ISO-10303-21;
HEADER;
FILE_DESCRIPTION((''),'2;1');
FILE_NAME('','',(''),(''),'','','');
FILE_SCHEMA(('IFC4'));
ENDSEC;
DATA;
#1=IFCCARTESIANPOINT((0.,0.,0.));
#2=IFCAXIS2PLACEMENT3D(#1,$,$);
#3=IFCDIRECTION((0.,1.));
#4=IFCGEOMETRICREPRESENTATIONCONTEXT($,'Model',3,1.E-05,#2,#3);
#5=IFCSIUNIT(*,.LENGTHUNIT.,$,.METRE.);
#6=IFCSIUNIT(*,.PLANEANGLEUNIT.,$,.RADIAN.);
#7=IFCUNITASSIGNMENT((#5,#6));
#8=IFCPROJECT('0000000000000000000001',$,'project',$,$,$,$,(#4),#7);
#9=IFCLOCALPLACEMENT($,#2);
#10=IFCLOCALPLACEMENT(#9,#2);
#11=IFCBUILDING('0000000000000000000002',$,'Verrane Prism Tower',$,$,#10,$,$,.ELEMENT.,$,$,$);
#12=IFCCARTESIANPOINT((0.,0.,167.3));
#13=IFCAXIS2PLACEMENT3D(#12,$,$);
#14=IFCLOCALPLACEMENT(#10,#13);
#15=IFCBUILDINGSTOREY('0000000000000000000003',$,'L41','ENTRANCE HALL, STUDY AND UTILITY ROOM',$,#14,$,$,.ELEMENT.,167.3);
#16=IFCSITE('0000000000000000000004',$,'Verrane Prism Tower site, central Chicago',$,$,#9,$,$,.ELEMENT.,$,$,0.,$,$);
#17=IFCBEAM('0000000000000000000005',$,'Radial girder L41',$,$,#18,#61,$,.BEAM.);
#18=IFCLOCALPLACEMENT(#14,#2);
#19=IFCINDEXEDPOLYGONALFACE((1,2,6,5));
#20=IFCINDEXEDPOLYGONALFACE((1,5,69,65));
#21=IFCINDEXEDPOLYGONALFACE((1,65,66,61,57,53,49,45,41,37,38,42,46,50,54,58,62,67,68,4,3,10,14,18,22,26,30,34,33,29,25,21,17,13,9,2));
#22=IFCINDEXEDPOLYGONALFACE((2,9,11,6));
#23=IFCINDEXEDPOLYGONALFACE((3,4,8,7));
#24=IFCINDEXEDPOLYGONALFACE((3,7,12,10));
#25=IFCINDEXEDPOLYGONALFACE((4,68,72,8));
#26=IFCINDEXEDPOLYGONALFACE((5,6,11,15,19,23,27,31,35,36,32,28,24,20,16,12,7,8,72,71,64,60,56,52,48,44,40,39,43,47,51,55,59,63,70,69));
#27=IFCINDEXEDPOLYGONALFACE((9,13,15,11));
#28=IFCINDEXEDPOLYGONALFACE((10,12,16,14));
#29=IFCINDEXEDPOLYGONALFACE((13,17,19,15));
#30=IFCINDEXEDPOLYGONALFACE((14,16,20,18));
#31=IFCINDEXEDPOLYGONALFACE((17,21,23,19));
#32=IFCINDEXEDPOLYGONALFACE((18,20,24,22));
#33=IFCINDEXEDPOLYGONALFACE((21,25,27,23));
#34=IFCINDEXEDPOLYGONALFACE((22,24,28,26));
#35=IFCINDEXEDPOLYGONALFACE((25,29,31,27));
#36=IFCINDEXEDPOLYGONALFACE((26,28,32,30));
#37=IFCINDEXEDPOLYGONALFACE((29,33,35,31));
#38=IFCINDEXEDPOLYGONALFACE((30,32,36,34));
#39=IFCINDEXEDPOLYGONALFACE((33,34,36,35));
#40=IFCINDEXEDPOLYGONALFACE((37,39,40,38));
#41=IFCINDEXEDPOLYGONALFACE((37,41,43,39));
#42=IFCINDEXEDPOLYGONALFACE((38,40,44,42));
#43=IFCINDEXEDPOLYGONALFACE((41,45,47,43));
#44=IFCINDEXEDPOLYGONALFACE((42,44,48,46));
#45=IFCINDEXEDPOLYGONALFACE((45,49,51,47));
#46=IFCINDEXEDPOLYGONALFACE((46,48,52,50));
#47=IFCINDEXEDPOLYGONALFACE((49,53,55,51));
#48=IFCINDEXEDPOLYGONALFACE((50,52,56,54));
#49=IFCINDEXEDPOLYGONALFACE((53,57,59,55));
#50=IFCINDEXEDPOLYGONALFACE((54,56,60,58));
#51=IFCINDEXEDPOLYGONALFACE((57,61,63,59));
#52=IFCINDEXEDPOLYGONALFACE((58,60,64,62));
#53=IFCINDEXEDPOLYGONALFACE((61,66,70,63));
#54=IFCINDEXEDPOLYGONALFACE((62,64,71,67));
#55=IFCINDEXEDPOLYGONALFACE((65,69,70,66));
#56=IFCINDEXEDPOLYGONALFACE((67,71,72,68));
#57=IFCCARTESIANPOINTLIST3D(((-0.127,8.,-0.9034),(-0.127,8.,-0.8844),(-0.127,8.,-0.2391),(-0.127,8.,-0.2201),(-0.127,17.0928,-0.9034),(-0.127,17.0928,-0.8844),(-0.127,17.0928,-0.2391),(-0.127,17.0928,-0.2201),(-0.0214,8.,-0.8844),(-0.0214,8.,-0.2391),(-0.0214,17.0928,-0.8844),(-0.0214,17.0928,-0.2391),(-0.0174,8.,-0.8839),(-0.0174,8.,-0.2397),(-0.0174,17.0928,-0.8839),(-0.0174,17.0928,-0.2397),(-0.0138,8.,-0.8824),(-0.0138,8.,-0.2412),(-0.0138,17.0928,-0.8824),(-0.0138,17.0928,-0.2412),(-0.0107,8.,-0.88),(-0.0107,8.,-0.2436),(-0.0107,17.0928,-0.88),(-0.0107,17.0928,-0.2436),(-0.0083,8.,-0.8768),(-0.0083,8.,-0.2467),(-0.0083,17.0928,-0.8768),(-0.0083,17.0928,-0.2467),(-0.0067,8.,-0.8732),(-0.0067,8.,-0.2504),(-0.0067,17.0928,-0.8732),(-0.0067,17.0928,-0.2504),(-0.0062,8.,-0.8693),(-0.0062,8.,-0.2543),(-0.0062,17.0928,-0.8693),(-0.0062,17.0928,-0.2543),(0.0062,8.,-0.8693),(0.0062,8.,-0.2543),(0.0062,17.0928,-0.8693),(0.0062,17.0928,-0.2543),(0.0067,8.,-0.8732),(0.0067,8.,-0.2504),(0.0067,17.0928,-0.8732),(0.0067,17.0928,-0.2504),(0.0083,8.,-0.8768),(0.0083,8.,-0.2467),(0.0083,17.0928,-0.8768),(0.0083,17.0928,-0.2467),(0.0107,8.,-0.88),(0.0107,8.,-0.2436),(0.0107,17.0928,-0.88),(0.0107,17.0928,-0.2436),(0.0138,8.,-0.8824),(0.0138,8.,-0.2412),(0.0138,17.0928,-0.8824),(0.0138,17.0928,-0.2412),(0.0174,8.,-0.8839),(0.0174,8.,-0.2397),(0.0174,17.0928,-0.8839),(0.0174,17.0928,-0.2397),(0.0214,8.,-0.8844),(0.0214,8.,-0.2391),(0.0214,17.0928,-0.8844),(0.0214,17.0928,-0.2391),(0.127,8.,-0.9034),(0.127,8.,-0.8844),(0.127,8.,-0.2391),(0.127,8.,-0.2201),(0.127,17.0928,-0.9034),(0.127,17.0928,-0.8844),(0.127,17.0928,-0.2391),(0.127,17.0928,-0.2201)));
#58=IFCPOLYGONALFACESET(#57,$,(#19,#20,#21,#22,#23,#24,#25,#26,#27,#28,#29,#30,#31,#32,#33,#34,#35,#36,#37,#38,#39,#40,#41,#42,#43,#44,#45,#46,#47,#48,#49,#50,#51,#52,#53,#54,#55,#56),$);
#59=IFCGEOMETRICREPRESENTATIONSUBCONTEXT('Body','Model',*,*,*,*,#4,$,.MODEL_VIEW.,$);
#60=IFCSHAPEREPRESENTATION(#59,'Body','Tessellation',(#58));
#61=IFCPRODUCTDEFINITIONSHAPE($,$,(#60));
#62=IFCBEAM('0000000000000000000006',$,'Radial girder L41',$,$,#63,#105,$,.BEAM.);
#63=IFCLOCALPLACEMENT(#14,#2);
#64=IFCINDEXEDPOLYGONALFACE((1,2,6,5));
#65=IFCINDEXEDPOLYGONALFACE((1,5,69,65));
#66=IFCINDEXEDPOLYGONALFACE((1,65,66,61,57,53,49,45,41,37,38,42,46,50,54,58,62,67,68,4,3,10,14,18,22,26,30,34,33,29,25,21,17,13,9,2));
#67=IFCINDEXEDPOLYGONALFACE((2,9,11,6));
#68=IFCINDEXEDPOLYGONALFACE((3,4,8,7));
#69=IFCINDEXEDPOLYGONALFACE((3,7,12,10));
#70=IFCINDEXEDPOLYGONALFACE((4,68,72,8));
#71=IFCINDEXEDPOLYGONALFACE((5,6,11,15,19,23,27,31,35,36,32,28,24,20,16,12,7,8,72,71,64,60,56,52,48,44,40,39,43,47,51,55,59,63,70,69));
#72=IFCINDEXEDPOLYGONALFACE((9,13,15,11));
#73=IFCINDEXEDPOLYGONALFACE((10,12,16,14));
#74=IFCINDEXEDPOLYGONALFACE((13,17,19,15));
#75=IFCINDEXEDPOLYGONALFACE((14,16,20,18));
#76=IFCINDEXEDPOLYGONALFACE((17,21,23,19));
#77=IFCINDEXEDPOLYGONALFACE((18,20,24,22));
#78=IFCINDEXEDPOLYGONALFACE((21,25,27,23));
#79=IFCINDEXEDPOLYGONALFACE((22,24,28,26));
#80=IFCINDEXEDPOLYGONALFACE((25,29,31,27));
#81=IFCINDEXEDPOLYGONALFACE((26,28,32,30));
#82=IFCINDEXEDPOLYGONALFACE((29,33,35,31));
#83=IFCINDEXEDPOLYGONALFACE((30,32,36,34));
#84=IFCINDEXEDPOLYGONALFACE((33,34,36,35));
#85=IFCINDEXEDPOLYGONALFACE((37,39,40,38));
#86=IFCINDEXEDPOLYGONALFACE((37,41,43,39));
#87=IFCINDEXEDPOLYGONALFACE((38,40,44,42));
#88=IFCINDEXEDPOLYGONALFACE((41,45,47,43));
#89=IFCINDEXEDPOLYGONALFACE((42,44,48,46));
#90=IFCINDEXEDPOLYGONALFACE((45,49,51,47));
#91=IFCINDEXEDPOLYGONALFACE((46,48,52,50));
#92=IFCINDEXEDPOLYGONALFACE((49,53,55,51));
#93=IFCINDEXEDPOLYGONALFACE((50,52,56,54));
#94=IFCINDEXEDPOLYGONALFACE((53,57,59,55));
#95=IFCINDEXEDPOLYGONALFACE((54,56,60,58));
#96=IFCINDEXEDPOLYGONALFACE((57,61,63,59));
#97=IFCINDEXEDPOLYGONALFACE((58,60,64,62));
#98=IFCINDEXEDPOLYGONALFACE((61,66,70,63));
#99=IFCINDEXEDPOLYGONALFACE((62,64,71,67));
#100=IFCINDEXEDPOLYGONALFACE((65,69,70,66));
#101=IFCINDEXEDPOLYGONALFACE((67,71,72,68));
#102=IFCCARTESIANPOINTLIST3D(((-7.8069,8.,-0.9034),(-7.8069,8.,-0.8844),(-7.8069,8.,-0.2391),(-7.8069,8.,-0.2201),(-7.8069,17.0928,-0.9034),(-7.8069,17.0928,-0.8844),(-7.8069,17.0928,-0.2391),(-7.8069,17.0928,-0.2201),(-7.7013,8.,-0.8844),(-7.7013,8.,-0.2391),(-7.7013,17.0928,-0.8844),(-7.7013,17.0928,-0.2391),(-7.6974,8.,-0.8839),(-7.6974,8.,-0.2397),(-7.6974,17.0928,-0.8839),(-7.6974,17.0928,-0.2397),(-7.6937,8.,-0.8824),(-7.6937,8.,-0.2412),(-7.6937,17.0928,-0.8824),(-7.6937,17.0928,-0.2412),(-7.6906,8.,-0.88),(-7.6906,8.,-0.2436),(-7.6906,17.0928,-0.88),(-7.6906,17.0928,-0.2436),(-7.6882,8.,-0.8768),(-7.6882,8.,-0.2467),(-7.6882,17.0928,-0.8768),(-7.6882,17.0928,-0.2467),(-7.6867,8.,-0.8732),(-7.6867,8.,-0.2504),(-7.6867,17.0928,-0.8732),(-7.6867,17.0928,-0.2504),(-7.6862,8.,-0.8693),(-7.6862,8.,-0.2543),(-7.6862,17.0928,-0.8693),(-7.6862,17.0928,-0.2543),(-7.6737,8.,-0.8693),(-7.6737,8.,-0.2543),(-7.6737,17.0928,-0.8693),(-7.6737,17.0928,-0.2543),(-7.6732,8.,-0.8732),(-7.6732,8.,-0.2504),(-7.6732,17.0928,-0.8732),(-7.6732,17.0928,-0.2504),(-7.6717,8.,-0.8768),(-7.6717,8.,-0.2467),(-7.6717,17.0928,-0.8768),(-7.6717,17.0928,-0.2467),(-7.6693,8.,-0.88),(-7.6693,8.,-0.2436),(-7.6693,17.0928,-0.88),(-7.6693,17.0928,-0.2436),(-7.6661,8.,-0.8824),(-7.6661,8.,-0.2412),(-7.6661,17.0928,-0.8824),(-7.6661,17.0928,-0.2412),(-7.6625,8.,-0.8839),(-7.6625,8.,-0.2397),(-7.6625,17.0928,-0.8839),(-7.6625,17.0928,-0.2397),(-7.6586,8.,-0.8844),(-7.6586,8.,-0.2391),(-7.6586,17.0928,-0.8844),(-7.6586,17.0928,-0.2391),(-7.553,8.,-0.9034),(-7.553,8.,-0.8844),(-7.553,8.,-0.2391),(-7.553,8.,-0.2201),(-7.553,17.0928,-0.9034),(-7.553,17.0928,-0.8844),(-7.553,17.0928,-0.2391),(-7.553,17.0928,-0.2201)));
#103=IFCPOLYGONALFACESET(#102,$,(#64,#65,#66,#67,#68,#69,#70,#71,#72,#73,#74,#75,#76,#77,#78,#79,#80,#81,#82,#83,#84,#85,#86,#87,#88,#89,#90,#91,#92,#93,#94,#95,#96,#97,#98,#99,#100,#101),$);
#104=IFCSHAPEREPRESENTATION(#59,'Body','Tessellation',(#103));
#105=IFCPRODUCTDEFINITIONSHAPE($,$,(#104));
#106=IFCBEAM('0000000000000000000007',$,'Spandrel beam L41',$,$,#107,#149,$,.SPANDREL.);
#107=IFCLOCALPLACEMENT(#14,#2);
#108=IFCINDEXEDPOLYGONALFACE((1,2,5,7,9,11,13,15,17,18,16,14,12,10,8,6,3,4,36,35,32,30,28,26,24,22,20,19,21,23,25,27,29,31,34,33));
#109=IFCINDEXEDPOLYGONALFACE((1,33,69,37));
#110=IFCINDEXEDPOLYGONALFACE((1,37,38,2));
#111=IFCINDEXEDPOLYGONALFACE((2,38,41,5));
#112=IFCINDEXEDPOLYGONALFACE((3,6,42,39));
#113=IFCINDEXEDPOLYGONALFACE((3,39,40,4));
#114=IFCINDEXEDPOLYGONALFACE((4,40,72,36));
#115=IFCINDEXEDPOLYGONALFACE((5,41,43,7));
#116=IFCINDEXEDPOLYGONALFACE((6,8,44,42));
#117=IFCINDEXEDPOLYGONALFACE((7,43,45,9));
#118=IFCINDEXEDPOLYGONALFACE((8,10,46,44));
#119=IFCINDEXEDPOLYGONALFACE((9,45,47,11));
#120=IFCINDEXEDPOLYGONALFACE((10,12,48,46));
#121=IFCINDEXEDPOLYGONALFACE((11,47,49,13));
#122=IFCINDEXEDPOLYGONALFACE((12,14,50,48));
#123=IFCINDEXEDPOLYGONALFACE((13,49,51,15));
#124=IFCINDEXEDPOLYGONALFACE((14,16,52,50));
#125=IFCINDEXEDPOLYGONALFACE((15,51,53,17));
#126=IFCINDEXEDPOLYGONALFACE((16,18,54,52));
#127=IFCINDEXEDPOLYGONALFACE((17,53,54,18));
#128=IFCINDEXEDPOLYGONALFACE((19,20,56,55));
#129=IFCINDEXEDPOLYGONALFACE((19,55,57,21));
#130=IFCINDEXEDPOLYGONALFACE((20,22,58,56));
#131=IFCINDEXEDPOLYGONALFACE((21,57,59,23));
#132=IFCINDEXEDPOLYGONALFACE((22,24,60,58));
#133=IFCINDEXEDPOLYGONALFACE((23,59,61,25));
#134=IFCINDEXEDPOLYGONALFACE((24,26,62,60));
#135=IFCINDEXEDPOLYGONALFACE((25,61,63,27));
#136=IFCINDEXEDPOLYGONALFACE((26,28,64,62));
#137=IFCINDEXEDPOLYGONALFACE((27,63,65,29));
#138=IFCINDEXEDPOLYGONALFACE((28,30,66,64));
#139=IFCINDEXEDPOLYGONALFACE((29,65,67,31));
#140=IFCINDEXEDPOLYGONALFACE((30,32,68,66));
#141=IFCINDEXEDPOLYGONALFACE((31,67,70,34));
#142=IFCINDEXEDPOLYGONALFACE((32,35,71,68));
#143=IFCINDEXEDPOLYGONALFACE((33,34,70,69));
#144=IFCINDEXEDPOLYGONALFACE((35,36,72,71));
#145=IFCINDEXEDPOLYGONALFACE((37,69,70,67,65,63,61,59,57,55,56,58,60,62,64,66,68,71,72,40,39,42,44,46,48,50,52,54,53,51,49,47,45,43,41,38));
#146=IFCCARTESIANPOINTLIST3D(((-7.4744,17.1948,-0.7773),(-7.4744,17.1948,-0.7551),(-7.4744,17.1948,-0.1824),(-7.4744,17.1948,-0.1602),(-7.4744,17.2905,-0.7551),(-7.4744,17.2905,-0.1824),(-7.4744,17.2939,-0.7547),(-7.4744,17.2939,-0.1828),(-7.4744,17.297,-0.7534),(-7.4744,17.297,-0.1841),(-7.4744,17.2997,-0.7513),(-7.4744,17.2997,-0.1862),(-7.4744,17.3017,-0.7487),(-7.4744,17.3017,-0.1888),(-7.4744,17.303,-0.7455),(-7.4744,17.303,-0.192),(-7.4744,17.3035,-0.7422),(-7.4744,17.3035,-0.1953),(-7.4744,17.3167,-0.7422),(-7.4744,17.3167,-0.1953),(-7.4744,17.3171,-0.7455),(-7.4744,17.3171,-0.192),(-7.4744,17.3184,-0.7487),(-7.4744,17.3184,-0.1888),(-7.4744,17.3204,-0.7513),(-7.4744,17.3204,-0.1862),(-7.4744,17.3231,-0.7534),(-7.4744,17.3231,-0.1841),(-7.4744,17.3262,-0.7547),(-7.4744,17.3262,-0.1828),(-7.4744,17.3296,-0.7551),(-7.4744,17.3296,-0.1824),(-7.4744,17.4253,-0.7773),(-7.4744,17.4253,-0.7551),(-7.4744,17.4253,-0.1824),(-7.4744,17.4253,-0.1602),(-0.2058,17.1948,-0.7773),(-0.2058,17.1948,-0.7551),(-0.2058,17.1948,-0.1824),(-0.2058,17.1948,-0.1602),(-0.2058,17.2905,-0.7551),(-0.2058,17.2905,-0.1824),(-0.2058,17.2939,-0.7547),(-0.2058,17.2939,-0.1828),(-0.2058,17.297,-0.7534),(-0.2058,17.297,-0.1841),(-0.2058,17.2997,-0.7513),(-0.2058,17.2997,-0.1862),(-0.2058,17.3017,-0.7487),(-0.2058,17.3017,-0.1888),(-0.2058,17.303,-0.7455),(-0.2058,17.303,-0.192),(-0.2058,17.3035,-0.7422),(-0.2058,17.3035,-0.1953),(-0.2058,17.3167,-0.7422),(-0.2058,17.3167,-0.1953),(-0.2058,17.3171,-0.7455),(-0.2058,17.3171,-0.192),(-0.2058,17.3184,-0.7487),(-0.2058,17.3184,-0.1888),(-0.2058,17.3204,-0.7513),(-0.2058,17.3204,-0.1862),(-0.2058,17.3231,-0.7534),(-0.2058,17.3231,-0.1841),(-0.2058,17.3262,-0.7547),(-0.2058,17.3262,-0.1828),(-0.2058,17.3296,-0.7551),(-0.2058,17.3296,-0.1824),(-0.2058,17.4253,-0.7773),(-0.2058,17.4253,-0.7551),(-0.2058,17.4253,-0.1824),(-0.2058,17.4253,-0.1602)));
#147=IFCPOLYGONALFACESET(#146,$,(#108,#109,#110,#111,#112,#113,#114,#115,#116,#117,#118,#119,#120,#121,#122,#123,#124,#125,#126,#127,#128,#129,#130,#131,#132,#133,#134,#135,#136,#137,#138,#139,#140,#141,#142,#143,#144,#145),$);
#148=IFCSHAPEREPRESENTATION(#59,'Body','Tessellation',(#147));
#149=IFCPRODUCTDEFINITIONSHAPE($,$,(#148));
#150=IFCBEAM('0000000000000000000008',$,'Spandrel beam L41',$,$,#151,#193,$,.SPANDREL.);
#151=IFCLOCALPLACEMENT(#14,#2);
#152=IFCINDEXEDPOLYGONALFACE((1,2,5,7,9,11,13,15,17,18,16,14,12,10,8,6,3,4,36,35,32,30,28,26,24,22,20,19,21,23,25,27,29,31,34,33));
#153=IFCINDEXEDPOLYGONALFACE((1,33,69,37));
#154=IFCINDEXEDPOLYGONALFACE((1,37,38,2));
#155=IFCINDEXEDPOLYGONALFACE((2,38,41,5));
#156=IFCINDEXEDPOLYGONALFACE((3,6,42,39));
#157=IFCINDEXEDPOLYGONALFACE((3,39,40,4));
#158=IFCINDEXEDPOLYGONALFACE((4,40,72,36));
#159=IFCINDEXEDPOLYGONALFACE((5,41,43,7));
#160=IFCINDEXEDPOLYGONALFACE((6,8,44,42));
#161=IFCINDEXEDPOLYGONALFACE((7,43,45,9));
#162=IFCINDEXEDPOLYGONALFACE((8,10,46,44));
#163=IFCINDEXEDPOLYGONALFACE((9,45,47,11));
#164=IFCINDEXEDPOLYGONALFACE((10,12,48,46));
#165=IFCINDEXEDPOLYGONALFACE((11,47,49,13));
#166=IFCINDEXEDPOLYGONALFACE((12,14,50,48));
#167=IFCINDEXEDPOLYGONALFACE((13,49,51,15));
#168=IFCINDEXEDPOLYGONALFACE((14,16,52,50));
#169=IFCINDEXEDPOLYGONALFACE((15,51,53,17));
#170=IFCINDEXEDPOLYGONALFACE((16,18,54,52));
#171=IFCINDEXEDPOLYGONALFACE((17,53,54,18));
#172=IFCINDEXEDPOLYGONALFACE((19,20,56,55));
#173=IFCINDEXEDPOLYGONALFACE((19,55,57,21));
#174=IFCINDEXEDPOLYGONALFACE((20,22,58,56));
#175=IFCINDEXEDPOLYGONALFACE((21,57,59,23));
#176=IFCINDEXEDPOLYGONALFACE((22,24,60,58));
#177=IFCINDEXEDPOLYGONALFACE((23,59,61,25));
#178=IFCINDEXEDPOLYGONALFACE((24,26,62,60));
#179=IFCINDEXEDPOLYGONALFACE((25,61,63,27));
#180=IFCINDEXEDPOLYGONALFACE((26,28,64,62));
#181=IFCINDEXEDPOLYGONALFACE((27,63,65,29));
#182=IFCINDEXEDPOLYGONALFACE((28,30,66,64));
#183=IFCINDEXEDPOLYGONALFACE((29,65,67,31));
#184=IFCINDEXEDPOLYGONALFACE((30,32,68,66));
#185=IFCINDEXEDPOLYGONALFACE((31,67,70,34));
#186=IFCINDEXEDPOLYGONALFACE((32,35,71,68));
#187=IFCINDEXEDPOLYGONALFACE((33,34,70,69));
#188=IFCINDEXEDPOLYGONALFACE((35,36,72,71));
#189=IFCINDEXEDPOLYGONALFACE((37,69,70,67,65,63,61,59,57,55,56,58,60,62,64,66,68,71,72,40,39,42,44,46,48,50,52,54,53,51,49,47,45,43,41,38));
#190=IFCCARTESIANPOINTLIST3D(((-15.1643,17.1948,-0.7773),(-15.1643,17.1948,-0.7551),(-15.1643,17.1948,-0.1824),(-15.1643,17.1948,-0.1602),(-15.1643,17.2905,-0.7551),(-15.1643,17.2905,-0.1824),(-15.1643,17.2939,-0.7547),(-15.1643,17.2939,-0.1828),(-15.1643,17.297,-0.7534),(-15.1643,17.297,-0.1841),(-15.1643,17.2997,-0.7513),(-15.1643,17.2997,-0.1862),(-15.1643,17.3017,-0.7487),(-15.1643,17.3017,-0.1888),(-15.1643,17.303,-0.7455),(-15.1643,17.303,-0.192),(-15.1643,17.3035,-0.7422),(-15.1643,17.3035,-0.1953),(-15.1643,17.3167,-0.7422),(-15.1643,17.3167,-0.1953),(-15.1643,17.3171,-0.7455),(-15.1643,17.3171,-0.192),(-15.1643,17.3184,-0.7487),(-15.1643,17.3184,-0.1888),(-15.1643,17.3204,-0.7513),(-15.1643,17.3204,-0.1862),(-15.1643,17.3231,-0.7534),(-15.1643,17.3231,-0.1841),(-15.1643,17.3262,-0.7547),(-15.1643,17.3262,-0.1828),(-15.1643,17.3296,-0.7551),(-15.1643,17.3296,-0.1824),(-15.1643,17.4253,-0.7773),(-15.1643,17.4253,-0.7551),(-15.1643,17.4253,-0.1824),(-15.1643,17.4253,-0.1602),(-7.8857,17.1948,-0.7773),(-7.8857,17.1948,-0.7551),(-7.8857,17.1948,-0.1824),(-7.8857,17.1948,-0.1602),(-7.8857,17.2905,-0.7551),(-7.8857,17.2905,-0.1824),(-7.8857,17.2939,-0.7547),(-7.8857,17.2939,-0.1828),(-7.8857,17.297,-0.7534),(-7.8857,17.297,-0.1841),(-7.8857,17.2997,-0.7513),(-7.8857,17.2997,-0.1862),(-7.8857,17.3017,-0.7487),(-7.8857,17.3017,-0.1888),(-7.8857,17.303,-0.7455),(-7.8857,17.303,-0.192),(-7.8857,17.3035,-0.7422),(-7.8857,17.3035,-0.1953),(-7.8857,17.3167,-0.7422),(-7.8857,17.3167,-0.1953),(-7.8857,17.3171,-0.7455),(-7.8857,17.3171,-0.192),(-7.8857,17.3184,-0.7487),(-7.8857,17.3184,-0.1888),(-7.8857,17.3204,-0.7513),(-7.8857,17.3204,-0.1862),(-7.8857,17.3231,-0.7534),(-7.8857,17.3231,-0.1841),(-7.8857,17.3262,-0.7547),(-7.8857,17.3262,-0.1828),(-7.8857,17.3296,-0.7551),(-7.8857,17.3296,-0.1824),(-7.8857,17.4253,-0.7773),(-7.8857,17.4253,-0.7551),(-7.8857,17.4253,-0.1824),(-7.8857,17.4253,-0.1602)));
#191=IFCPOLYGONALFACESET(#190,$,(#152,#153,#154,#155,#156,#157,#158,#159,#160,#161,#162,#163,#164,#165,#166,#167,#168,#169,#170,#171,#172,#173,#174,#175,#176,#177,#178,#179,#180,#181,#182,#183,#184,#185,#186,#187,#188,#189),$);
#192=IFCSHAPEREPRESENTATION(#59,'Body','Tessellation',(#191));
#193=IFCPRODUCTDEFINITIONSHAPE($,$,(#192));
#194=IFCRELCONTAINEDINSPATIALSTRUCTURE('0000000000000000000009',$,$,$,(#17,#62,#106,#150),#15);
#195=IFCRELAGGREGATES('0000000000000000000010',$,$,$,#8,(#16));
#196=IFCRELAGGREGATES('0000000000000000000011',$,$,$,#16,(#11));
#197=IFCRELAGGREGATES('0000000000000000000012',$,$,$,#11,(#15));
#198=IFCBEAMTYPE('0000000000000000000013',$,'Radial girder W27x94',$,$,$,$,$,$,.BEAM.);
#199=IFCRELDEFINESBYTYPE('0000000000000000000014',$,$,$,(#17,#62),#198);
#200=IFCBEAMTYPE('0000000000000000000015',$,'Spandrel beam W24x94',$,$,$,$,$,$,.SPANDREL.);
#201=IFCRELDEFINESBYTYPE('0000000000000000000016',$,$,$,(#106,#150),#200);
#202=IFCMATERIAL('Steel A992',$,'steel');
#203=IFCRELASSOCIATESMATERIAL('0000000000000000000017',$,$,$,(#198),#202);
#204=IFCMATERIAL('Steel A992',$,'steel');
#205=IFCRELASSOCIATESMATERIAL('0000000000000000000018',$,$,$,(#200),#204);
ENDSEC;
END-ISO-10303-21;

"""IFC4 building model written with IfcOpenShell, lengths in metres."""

from ifc_helpers import new_model, si_unit, direction, frame, origin, origin_2d, place, context, subcontext, project, spatial, i_section, extrude, material, material_profile, profile_set, type_object, element, save


model = new_model("IFC4")

# Units and contexts
model_context = context("Model", 3, precision=1e-05, world=origin(), true_north=direction((0.0, 1.0)))
body_context = subcontext(model_context, "Body", "Model", "MODEL_VIEW")
ifc_project = project(units=[si_unit("LENGTHUNIT", "METRE"), si_unit("PLANEANGLEUNIT", "RADIAN")], contexts=[model_context])

# Site, building, storey
site_placement = place(None, origin())
site = spatial("IfcSite", under=ifc_project, at=site_placement, Name="Verrane Prism Tower site, central Chicago", CompositionType="ELEMENT", RefElevation=0.0)
building_placement = place(site_placement, origin())
building = spatial("IfcBuilding", under=site, at=building_placement, Name="Verrane Prism Tower", CompositionType="ELEMENT")
storey_placement = place(building_placement, frame((0.0, 0.0, 167.3)))
storey = spatial("IfcBuildingStorey", under=building, at=storey_placement, Name="L41", Description="ENTRANCE HALL, STUDY AND UTILITY ROOM", CompositionType="ELEMENT", Elevation=167.3)

# Beams
ifc_material_1 = material(Name="Steel A992", Category="steel")
ifc_material_profile_1 = material_profile(ifc_material_1, i_section(OverallWidth=0.2539, OverallDepth=0.6833, WebThickness=0.0125, FlangeThickness=0.019, FilletRadius=0.0151, at=origin_2d()), Name="W27x94")
ifc_profile_set_1 = profile_set([ifc_material_profile_1], Name="Steel A992")
beam_type_1 = type_object("IfcBeamType", Name="Radial girder W27x94", PredefinedType="BEAM", material=ifc_profile_set_1)
for number, where, z_axis, x_axis, name in (
    (1, (0.0, 17.0928, -0.5618), (0.0, -1.0, 0.0), (1.0, 0.0, 0.0), "Radial girder L41"),
    (2, (-7.6799, 17.0928, -0.5618), (0.0, -1.0, 0.0), (1.0, 0.0, 0.0), "Radial girder L41"),
):
    element("IfcBeam", number, at=place(storey_placement, frame(where, z_axis=z_axis, x_axis=x_axis)), inside=storey, type_object=beam_type_1, Name=name, PredefinedType="BEAM", context=body_context, shape_type="SweptSolid", body=[
        extrude(i_section(OverallWidth=0.2539, OverallDepth=0.6833, WebThickness=0.0125, FlangeThickness=0.019, FilletRadius=0.0151, at=origin_2d()), origin(), (0.0, 0.0, 1.0), 9.0928),
    ])
ifc_material_2 = material(Name="Steel A992", Category="steel")
ifc_material_profile_2 = material_profile(ifc_material_2, i_section(OverallWidth=0.2305, OverallDepth=0.6172, WebThickness=0.0132, FlangeThickness=0.0222, FilletRadius=0.0129, at=origin_2d()), Name="W24x94")
ifc_profile_set_2 = profile_set([ifc_material_profile_2], Name="Steel A992")
beam_type_2 = type_object("IfcBeamType", Name="Spandrel beam W24x94", PredefinedType="SPANDREL", material=ifc_profile_set_2)
beam_1_placement = place(storey_placement, frame((-0.2058, 17.3101, -0.4688), z_axis=(-1.0, 0.0, 0.0), x_axis=(0.0, -1.0, 0.0)))
element("IfcBeam", 3, at=beam_1_placement, inside=storey, type_object=beam_type_2, Name="Spandrel beam L41", PredefinedType="SPANDREL", context=body_context, shape_type="SweptSolid", body=[
    extrude(i_section(OverallWidth=0.2305, OverallDepth=0.6172, WebThickness=0.0132, FlangeThickness=0.0222, FilletRadius=0.0129, at=origin_2d()), origin(), (0.0, 0.0, 1.0), 7.2686),
])
beam_2_placement = place(storey_placement, frame((-7.8857, 17.3101, -0.4688), z_axis=(-1.0, 0.0, 0.0), x_axis=(0.0, -1.0, 0.0)))
element("IfcBeam", 4, at=beam_2_placement, inside=storey, type_object=beam_type_2, Name="Spandrel beam L41", PredefinedType="SPANDREL", context=body_context, shape_type="SweptSolid", body=[
    extrude(i_section(OverallWidth=0.2305, OverallDepth=0.6172, WebThickness=0.0132, FlangeThickness=0.0222, FilletRadius=0.0129, at=origin_2d()), origin(), (0.0, 0.0, 1.0), 7.2786),
])

save(model, "model.ifc")
